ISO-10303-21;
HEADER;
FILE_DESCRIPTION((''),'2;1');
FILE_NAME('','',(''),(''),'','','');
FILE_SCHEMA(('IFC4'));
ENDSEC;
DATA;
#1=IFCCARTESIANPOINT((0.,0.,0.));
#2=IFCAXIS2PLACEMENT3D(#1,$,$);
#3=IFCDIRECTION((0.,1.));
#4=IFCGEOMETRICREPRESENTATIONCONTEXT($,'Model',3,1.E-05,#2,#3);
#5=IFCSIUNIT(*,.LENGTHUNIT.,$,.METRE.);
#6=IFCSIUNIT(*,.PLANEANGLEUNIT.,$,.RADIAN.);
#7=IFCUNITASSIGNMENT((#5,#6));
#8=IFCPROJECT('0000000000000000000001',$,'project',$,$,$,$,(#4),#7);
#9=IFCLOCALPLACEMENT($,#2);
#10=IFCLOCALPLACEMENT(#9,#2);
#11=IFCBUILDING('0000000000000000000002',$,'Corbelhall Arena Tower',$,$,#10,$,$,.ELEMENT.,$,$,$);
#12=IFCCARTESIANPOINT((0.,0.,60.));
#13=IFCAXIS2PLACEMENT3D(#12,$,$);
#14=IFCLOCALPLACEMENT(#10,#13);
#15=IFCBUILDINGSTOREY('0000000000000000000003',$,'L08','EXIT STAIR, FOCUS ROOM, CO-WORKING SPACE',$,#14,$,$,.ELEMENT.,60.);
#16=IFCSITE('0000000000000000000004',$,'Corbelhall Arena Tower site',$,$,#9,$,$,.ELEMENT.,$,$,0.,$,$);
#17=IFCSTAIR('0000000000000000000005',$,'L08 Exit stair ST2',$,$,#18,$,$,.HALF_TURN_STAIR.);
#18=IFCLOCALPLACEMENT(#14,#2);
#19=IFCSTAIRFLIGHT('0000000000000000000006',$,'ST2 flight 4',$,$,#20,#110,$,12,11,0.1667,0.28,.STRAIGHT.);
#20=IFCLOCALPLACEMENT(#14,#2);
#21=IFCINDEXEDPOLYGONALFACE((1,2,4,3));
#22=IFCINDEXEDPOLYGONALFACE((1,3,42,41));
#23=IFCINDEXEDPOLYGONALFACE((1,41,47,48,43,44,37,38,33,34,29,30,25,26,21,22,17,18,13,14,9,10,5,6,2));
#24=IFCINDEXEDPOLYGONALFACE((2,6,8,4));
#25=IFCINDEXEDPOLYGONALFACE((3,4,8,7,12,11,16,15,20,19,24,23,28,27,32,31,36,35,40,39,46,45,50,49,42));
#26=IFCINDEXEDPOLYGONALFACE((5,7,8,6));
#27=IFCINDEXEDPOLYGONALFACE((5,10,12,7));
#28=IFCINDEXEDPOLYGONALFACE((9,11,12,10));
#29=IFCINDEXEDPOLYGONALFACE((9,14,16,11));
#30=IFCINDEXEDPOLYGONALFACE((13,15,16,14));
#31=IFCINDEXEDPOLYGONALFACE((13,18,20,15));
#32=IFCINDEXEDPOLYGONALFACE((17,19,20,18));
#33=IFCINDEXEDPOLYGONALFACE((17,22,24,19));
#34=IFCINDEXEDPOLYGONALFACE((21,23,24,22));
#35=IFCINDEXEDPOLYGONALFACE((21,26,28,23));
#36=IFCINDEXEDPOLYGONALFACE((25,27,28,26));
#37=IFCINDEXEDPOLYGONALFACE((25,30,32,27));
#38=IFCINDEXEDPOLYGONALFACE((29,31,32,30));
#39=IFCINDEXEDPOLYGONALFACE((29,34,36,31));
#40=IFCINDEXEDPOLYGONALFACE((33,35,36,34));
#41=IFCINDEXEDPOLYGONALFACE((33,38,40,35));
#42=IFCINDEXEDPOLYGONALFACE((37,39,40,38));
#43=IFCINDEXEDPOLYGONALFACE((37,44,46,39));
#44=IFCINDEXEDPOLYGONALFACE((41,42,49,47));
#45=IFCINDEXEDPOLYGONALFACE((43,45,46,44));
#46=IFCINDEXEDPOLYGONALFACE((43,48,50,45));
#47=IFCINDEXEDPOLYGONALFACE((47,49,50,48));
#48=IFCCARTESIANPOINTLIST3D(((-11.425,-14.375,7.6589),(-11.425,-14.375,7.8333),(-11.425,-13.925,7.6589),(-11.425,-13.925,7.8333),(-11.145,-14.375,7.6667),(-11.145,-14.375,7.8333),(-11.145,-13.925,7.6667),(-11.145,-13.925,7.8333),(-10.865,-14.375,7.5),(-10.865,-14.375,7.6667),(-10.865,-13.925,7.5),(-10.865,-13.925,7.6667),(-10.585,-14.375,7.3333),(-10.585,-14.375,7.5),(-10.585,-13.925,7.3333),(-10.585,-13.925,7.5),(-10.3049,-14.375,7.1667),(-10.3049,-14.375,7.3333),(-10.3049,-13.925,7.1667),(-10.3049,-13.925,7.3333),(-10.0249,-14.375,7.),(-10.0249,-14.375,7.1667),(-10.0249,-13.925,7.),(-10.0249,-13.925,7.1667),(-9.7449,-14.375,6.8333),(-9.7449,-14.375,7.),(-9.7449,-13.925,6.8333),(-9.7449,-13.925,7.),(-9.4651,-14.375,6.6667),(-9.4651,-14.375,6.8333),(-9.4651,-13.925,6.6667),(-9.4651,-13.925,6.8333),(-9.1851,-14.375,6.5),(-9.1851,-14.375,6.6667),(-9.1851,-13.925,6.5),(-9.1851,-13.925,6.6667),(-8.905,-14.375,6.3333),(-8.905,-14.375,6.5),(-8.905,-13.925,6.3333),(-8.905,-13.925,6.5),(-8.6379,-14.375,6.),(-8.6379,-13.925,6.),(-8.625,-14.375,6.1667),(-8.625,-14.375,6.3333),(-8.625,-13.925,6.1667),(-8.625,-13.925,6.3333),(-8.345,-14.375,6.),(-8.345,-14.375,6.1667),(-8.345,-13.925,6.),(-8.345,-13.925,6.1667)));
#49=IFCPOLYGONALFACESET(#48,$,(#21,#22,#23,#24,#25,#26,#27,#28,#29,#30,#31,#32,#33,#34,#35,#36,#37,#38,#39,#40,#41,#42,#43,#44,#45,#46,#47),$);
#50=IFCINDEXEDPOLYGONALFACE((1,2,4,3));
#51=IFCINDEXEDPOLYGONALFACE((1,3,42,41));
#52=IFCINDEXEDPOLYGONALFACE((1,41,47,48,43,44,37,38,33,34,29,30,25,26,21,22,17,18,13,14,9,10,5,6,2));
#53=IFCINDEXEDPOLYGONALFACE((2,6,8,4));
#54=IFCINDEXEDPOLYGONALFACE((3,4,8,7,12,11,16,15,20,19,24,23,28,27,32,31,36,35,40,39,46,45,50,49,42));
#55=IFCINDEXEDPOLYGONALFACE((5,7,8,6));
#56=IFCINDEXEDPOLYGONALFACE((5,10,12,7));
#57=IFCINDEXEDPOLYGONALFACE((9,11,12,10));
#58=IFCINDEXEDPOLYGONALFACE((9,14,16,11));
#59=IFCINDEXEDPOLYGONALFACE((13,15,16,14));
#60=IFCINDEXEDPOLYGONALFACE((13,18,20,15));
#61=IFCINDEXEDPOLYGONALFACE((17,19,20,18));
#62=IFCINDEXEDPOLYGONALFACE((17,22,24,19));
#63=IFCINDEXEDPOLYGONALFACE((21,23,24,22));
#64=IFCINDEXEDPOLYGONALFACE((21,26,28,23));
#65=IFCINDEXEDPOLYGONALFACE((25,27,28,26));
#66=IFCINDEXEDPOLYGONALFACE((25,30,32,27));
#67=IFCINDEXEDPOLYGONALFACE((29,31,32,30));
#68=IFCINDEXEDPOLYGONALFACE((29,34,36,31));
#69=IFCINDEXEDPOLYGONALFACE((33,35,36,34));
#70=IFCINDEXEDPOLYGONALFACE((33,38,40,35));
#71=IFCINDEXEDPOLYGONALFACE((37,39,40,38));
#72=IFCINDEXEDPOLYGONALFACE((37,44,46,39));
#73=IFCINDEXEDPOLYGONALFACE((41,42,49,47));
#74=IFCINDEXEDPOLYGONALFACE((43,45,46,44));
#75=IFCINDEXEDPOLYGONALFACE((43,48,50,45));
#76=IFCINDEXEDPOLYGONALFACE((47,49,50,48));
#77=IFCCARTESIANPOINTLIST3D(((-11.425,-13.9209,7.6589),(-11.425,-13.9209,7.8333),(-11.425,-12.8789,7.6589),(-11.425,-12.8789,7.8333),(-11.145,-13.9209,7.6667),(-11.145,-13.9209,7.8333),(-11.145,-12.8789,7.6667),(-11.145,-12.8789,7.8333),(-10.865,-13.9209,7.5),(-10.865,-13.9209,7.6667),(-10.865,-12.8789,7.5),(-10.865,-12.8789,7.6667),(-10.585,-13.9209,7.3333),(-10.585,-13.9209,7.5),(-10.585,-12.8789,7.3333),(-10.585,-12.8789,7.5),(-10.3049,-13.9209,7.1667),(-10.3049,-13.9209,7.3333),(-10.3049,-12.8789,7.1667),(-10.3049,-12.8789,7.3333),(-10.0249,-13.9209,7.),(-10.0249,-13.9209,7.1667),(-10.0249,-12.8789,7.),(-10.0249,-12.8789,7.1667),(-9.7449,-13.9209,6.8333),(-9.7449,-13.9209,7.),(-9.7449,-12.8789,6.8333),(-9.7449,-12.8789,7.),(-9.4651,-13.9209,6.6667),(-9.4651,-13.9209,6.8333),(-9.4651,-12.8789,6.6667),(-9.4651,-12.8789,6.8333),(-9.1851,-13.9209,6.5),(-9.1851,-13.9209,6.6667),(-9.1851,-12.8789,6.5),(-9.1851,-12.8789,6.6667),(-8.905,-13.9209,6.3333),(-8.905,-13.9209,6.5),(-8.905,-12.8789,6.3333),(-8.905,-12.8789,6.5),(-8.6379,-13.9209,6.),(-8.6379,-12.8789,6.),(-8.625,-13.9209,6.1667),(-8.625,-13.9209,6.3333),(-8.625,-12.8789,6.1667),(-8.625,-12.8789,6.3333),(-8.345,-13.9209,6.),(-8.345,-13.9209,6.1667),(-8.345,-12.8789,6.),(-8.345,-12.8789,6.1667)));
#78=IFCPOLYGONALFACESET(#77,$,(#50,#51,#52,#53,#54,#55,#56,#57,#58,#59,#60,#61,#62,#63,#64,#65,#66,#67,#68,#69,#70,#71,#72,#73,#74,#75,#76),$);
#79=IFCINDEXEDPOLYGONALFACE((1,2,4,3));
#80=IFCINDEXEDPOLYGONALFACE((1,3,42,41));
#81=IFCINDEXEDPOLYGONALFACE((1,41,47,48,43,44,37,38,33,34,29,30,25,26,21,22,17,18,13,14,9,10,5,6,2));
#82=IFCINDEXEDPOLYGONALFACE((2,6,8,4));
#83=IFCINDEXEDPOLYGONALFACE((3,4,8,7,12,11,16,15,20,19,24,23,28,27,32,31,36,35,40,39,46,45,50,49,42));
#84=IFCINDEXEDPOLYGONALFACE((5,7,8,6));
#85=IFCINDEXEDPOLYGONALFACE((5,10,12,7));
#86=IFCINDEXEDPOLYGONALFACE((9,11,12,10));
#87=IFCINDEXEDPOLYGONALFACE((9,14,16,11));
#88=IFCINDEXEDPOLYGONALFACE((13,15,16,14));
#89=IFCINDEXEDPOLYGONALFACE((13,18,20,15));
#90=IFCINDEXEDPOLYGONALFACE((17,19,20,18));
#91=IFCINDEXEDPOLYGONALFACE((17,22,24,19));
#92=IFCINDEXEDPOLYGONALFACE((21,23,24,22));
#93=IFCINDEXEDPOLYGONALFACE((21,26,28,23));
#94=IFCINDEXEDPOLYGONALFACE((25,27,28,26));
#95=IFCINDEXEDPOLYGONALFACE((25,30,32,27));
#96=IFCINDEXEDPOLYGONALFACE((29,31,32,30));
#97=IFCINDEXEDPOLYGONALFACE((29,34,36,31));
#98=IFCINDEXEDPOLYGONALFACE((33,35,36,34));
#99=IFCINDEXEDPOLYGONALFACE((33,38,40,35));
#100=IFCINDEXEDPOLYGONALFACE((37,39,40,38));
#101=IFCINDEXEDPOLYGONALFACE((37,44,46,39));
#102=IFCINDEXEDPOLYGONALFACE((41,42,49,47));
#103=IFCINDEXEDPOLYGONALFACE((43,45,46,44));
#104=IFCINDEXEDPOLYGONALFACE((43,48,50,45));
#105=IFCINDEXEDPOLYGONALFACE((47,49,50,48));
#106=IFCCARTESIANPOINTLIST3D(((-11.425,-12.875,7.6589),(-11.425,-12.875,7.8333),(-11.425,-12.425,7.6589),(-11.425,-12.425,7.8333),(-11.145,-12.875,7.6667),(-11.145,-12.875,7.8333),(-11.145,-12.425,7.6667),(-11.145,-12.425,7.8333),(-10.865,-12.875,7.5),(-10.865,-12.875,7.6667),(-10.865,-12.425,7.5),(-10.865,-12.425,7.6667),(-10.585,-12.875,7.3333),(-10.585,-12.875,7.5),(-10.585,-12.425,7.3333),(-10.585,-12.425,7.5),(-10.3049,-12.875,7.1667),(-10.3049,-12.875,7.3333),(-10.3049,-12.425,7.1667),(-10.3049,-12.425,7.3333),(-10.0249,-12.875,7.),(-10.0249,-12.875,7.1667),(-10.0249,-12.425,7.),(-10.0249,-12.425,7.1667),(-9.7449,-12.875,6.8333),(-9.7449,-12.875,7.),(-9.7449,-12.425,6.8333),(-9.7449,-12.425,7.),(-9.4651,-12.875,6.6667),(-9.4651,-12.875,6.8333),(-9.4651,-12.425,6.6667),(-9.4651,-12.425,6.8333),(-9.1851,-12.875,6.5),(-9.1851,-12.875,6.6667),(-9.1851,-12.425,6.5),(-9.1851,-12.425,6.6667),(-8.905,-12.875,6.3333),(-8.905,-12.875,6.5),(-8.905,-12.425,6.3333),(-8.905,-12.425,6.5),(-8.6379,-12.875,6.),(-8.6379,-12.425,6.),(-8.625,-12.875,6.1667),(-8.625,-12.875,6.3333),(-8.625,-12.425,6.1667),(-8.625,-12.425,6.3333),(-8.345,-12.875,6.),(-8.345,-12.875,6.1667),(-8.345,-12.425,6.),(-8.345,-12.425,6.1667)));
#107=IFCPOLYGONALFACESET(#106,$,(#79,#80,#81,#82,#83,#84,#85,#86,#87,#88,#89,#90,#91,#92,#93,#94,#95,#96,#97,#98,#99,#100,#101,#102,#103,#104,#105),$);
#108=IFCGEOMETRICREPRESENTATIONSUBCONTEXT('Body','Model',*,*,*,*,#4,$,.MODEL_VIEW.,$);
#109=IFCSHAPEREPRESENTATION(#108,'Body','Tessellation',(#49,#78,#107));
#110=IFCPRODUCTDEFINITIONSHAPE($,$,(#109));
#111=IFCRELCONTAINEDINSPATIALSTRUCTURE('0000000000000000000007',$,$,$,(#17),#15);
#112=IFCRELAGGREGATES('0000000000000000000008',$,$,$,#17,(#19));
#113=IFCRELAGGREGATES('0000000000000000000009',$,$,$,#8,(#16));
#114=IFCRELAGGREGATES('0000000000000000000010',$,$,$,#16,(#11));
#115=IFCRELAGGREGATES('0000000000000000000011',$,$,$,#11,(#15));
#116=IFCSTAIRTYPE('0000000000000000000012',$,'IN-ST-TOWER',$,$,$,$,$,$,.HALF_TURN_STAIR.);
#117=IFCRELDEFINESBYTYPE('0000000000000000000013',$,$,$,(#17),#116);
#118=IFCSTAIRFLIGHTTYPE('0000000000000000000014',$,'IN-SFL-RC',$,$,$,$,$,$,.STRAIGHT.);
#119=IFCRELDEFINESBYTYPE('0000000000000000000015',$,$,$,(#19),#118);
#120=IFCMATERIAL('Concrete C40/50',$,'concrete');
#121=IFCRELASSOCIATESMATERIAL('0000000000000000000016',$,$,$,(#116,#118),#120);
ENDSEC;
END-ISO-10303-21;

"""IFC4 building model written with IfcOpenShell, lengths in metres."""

from ifc_helpers import new_model, si_unit, direction, frame, origin, place, context, subcontext, project, spatial, polyline, outline, extrude, material, type_object, element, aggregate, save


model = new_model("IFC4")

# Units and contexts
model_context = context("Model", 3, precision=1e-05, world=origin(), true_north=direction((0.0, 1.0)))
body_context = subcontext(model_context, "Body", "Model", "MODEL_VIEW")
ifc_project = project(units=[si_unit("LENGTHUNIT", "METRE"), si_unit("PLANEANGLEUNIT", "RADIAN")], contexts=[model_context])

# Site, building, storey
site_placement = place(None, origin())
site = spatial("IfcSite", under=ifc_project, at=site_placement, Name="Corbelhall Arena Tower site", CompositionType="ELEMENT", RefElevation=0.0)
building_placement = place(site_placement, origin())
building = spatial("IfcBuilding", under=site, at=building_placement, Name="Corbelhall Arena Tower", CompositionType="ELEMENT")
storey_placement = place(building_placement, frame((0.0, 0.0, 60.0)))
storey = spatial("IfcBuildingStorey", under=building, at=storey_placement, Name="L08", Description="EXIT STAIR, FOCUS ROOM, CO-WORKING SPACE", CompositionType="ELEMENT", Elevation=60.0)

# Shared definitions
ifc_material_1 = material(Name="Concrete C40/50", Category="concrete")

# Stair, stair flight
stair_type = type_object("IfcStairType", Name="IN-ST-TOWER", PredefinedType="HALF_TURN_STAIR", material=ifc_material_1)
stair_placement = place(storey_placement, origin())
stair = element("IfcStair", 1, at=stair_placement, inside=storey, type_object=stair_type, Name="L08 Exit stair ST2", PredefinedType="HALF_TURN_STAIR")
stair_flight_type = type_object("IfcStairFlightType", Name="IN-SFL-RC", PredefinedType="STRAIGHT", material=ifc_material_1)
stair_flight_1_placement = place(storey_placement, frame((-8.345, -13.3999, 6.0), z_axis=(0.0, 0.0, 1.0), x_axis=(-1.0, 0.0, 0.0)))
stair_flight_1 = element("IfcStairFlight", 2, at=stair_flight_1_placement, type_object=stair_flight_type, Name="ST2 flight 4", NumberOfRisers=12, NumberOfTreads=11, PredefinedType="STRAIGHT", RiserHeight=0.1667, TreadLength=0.28, context=body_context, shape_type="SweptSolid", body=[
    extrude(outline(polyline([(0.0, 0.0), (0.0, 0.1667), (0.28, 0.1667), (0.28, 0.3333), (0.5601, 0.3333), (0.5601, 0.5), (0.8401, 0.5), (0.8401, 0.6667), (1.1201, 0.6667), (1.1201, 0.8333), (1.3999, 0.8333), (1.3999, 1.0), (1.6799, 1.0), (1.6799, 1.1667), (1.96, 1.1667), (1.96, 1.3333), (2.24, 1.3333), (2.24, 1.5), (2.52, 1.5), (2.52, 1.6667), (2.8, 1.6667), (2.8, 1.8333), (3.0801, 1.8333), (3.0801, 2.0), (3.0801, 1.6589), (0.293, 0.0), (0.0, 0.0)])), frame((0.0, 0.9751, 0.0), z_axis=(0.0, -1.0, 0.0), x_axis=(1.0, 0.0, 0.0)), (0.0, 0.0, 1.0), 0.45),
    extrude(outline(polyline([(0.0, 0.0), (0.0, 0.1667), (0.28, 0.1667), (0.28, 0.3333), (0.5601, 0.3333), (0.5601, 0.5), (0.8401, 0.5), (0.8401, 0.6667), (1.1201, 0.6667), (1.1201, 0.8333), (1.3999, 0.8333), (1.3999, 1.0), (1.6799, 1.0), (1.6799, 1.1667), (1.96, 1.1667), (1.96, 1.3333), (2.24, 1.3333), (2.24, 1.5), (2.52, 1.5), (2.52, 1.6667), (2.8, 1.6667), (2.8, 1.8333), (3.0801, 1.8333), (3.0801, 2.0), (3.0801, 1.6589), (0.293, 0.0), (0.0, 0.0)])), frame((0.0, 0.521, 0.0), z_axis=(0.0, -1.0, 0.0), x_axis=(1.0, 0.0, 0.0)), (0.0, 0.0, 1.0), 1.042),
    extrude(outline(polyline([(0.0, 0.0), (0.0, 0.1667), (0.28, 0.1667), (0.28, 0.3333), (0.5601, 0.3333), (0.5601, 0.5), (0.8401, 0.5), (0.8401, 0.6667), (1.1201, 0.6667), (1.1201, 0.8333), (1.3999, 0.8333), (1.3999, 1.0), (1.6799, 1.0), (1.6799, 1.1667), (1.96, 1.1667), (1.96, 1.3333), (2.24, 1.3333), (2.24, 1.5), (2.52, 1.5), (2.52, 1.6667), (2.8, 1.6667), (2.8, 1.8333), (3.0801, 1.8333), (3.0801, 2.0), (3.0801, 1.6589), (0.293, 0.0), (0.0, 0.0)])), frame((0.0, -0.5249, 0.0), z_axis=(0.0, -1.0, 0.0), x_axis=(1.0, 0.0, 0.0)), (0.0, 0.0, 1.0), 0.45),
])
aggregate(stair, [stair_flight_1])

save(model, "model.ifc")
